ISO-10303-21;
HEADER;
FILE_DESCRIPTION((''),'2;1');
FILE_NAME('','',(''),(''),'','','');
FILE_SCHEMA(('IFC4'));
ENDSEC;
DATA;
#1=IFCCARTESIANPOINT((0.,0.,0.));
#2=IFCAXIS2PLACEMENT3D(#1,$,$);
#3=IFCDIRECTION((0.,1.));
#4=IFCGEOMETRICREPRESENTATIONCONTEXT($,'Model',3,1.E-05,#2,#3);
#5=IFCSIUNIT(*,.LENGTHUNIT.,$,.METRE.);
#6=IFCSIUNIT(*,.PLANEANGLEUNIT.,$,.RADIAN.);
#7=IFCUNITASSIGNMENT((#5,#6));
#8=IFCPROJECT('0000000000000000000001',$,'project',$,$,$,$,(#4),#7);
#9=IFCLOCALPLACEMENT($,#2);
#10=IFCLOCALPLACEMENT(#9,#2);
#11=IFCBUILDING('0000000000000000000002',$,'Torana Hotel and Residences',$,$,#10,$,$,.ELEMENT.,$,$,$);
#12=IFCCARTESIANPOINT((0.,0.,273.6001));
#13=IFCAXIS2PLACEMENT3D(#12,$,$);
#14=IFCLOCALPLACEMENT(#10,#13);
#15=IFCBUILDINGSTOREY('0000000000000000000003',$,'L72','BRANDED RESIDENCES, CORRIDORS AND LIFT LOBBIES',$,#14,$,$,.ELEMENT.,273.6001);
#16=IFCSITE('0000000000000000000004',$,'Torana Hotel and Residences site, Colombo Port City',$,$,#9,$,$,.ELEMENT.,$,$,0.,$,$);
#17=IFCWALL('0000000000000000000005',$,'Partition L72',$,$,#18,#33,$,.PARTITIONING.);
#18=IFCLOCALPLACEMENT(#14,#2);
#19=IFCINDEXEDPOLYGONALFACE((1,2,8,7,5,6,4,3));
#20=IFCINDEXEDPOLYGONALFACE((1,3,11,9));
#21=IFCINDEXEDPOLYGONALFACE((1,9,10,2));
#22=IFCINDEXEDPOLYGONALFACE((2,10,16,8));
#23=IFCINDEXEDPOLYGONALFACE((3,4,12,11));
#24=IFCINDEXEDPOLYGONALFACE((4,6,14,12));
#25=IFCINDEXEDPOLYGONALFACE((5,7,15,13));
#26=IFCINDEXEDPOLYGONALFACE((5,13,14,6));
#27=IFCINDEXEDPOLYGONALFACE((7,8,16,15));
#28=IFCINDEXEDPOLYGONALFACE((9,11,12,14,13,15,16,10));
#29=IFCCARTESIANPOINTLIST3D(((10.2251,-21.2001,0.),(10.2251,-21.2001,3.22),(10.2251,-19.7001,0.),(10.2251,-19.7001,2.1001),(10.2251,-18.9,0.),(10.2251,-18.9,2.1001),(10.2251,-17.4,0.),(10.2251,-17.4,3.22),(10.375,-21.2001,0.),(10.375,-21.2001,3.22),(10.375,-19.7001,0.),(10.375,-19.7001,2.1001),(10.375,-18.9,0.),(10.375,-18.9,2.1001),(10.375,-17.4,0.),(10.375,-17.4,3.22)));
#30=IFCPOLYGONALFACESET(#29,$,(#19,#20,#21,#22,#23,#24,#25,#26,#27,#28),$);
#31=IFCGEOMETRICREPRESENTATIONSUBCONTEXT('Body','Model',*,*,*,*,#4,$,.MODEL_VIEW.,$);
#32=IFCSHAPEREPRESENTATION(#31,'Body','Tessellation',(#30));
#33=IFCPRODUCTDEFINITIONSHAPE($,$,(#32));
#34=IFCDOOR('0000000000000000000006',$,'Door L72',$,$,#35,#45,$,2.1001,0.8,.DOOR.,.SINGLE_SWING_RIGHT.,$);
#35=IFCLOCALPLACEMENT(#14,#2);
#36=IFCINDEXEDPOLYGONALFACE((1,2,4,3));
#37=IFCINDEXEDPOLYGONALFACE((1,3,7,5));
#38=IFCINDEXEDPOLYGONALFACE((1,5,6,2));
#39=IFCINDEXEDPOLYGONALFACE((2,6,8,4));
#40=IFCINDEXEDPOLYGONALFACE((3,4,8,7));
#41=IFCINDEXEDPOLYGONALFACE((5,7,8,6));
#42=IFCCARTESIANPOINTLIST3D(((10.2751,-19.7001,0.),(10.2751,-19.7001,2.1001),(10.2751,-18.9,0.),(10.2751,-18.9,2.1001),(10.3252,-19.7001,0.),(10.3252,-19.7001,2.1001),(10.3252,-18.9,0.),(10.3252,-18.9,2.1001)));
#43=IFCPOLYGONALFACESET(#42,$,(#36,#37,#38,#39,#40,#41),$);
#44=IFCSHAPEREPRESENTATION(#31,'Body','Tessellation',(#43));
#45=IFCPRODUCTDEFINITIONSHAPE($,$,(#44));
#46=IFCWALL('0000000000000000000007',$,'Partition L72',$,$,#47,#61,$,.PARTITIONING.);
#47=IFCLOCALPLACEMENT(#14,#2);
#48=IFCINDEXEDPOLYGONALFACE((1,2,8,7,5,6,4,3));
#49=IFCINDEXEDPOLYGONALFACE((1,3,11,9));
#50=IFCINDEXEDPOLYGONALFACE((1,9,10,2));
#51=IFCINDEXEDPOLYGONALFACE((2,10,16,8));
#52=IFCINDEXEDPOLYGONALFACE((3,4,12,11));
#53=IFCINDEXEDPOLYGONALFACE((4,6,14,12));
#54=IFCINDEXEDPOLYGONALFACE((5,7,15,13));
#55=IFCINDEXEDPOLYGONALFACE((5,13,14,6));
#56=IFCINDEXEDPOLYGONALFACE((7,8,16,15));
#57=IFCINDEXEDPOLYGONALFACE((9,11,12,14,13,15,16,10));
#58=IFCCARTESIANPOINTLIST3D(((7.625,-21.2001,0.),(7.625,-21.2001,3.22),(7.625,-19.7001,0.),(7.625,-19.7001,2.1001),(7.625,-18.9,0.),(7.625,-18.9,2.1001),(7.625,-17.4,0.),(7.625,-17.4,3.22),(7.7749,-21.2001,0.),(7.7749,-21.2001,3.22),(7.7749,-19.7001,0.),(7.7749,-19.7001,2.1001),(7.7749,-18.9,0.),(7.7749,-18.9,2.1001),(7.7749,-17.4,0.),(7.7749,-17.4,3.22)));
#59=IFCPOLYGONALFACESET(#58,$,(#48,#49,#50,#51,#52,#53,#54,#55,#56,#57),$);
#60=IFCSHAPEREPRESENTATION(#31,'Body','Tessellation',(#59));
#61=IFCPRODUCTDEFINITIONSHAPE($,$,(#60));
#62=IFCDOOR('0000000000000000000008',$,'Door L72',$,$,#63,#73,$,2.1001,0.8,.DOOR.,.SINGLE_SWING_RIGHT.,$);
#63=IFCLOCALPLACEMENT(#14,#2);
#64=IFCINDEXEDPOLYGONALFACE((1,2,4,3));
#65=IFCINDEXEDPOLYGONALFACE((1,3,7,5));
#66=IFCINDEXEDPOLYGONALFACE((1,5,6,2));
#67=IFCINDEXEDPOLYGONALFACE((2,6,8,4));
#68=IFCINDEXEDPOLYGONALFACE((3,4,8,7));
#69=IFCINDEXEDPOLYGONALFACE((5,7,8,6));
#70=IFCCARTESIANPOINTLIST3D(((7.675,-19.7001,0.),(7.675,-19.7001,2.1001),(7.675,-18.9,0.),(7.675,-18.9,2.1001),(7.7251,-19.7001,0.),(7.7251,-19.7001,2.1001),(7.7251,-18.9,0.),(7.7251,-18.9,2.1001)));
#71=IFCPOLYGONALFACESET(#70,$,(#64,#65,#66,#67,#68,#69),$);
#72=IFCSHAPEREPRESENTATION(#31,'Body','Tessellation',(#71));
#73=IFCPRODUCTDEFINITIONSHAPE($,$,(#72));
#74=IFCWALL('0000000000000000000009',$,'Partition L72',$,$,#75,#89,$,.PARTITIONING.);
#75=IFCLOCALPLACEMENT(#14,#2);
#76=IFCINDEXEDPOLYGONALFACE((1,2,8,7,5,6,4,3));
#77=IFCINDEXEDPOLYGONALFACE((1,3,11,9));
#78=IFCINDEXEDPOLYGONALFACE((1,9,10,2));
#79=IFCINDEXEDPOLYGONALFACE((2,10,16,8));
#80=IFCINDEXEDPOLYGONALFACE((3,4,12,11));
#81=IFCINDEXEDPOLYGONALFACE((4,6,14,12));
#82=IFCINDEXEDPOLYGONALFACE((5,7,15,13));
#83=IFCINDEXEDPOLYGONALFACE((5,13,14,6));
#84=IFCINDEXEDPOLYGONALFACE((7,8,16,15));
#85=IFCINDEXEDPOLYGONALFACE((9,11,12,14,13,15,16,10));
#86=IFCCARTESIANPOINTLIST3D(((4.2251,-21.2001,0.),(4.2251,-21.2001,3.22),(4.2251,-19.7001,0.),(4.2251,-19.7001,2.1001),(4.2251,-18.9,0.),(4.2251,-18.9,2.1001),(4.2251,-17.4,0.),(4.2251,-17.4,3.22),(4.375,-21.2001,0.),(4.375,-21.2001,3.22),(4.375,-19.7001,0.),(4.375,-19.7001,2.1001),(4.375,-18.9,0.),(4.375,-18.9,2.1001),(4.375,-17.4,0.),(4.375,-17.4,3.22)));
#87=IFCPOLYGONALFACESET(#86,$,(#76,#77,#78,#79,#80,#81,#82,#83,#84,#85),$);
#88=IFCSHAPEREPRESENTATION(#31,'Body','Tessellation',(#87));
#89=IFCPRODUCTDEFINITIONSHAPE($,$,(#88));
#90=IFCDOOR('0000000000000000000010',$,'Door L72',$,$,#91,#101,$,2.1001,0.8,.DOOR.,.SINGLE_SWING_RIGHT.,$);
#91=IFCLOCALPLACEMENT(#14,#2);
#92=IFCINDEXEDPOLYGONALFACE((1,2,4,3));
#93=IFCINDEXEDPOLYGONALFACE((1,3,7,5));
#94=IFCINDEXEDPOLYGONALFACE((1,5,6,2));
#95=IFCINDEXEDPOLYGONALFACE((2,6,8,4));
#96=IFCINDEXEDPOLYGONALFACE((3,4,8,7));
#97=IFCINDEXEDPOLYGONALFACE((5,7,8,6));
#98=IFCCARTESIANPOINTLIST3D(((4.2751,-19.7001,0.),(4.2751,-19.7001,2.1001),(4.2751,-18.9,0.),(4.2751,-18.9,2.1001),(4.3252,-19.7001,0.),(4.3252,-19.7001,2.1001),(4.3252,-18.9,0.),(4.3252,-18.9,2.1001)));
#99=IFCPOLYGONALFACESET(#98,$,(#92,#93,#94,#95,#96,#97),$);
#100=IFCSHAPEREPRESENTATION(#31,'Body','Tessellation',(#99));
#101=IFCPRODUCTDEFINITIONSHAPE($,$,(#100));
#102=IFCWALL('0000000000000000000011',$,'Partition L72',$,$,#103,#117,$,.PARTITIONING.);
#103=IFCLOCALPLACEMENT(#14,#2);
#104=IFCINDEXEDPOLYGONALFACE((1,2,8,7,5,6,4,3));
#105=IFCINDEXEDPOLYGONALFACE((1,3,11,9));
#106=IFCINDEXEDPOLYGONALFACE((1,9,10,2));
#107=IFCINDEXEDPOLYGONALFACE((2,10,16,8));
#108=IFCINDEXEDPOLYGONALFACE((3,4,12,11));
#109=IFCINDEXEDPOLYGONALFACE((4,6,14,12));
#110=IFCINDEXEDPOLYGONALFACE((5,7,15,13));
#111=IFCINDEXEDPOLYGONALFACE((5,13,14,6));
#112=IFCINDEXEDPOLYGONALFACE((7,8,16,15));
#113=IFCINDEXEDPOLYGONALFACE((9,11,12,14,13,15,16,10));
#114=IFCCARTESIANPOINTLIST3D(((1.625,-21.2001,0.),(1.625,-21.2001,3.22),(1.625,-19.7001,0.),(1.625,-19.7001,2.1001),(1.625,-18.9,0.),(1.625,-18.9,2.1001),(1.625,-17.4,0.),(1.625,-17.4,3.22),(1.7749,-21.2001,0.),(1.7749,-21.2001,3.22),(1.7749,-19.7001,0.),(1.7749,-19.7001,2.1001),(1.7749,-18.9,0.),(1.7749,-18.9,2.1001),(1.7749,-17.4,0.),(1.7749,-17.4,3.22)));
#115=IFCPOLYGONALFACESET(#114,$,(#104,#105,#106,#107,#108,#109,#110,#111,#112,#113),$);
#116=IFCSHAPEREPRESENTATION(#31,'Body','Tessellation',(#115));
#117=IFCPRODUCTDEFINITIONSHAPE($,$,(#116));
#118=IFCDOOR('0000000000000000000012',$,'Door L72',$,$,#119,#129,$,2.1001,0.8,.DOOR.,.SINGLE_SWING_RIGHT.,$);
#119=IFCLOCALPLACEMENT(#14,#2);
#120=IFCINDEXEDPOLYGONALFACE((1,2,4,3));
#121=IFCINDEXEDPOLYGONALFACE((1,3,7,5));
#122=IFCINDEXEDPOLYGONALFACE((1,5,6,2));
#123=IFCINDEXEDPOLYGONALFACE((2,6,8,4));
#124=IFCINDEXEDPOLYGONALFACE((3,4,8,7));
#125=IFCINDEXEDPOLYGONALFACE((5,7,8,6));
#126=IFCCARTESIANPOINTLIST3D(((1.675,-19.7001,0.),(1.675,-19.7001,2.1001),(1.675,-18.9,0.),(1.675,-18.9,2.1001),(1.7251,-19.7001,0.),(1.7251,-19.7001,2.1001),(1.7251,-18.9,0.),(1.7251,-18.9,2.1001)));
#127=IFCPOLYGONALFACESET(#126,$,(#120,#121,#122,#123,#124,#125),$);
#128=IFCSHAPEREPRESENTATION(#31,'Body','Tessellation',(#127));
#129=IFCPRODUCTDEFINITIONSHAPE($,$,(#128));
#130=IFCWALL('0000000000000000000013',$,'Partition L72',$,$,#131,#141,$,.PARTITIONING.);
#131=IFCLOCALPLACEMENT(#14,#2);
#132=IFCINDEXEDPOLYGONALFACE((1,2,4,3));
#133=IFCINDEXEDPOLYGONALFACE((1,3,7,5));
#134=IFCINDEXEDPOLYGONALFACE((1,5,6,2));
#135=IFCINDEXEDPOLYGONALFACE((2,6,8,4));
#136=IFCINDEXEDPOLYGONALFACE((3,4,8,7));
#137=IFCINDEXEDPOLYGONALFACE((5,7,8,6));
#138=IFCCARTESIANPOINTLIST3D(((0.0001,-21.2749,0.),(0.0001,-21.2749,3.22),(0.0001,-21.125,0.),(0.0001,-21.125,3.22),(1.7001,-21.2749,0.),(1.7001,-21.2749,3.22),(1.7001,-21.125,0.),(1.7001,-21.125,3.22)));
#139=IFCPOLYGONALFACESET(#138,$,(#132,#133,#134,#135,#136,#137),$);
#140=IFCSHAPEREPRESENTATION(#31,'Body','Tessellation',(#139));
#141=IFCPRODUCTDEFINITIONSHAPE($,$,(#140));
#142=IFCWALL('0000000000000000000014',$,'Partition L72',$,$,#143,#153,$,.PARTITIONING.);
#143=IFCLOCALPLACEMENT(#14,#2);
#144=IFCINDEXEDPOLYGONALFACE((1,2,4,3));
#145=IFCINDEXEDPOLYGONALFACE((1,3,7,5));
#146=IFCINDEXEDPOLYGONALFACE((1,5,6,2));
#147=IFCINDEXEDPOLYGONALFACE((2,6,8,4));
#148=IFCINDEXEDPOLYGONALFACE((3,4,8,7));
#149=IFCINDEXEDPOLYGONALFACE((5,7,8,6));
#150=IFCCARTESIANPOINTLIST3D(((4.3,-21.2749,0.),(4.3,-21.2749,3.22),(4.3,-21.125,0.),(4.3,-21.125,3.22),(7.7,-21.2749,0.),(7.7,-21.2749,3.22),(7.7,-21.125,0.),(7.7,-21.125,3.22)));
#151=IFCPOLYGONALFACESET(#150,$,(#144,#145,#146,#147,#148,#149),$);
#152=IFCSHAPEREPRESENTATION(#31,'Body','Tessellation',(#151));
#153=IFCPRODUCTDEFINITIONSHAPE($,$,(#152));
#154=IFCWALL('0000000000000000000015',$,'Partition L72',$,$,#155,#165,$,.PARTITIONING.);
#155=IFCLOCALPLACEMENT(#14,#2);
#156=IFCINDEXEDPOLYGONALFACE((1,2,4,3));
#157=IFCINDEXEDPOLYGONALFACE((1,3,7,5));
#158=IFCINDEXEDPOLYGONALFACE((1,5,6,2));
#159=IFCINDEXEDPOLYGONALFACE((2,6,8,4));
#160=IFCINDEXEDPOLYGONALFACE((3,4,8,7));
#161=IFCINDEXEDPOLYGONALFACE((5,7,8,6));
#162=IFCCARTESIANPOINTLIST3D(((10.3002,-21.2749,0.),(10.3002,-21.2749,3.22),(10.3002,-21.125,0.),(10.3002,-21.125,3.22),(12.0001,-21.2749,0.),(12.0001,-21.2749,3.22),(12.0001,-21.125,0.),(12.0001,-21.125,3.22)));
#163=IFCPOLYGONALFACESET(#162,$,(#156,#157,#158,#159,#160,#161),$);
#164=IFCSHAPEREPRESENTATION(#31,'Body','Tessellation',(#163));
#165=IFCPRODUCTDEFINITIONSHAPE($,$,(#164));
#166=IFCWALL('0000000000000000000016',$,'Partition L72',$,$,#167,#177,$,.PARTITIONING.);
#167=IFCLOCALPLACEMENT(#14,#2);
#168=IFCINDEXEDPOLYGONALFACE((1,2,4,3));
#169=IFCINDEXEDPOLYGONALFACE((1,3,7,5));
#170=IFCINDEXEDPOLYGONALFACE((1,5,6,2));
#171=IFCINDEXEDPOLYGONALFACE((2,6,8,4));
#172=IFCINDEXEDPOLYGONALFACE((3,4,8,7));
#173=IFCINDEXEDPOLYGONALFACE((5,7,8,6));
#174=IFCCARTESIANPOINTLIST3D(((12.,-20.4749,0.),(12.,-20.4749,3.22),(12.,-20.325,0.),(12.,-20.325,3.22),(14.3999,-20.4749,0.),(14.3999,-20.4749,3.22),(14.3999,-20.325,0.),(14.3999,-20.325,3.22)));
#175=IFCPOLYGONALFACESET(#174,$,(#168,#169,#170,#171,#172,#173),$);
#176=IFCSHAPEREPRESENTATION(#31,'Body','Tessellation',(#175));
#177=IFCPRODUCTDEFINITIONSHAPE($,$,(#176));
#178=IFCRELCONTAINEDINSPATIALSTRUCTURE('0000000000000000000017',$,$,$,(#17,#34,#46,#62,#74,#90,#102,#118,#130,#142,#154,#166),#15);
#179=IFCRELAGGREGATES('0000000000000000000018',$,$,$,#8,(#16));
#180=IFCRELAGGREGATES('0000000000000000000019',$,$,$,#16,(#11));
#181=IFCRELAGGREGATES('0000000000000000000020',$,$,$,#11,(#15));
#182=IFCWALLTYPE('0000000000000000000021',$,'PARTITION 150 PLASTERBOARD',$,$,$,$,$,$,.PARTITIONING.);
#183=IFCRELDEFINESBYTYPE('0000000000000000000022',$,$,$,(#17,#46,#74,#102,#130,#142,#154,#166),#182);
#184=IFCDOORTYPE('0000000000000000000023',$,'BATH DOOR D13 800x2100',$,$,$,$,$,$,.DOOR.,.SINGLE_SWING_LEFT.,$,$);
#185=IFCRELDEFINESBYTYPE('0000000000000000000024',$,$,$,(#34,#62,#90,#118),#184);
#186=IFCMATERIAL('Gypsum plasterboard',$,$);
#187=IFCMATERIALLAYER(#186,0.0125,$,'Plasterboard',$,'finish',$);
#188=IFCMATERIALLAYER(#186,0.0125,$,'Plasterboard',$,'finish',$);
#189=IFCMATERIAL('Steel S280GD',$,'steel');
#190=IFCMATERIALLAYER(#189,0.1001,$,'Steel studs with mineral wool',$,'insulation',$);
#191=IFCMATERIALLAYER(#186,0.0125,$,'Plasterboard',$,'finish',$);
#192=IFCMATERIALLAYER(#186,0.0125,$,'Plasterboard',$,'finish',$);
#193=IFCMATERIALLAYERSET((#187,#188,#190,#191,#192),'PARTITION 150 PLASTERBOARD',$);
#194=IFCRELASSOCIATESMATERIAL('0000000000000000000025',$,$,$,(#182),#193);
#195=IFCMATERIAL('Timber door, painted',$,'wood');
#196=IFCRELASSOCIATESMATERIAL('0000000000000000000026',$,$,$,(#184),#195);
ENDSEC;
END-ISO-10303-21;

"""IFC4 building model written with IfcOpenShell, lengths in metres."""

from ifc_helpers import new_model, si_unit, direction, frame, frame_2d, origin, place, context, subcontext, project, spatial, rectangle, extrude, material, layer, layer_set, type_object, element, fill, save


model = new_model("IFC4")

# Units and contexts
model_context = context("Model", 3, precision=1e-05, world=origin(), true_north=direction((0.0, 1.0)))
body_context = subcontext(model_context, "Body", "Model", "MODEL_VIEW")
ifc_project = project(units=[si_unit("LENGTHUNIT", "METRE"), si_unit("PLANEANGLEUNIT", "RADIAN")], contexts=[model_context])

# Site, building, storey
site_placement = place(None, origin())
site = spatial("IfcSite", under=ifc_project, at=site_placement, Name="Torana Hotel and Residences site, Colombo Port City", CompositionType="ELEMENT", RefElevation=0.0)
building_placement = place(site_placement, origin())
building = spatial("IfcBuilding", under=site, at=building_placement, Name="Torana Hotel and Residences", CompositionType="ELEMENT")
storey_placement = place(building_placement, frame((0.0, 0.0, 273.6001)))
storey = spatial("IfcBuildingStorey", under=building, at=storey_placement, Name="L72", Description="BRANDED RESIDENCES, CORRIDORS AND LIFT LOBBIES", CompositionType="ELEMENT", Elevation=273.6001)

# Walls, openings, doors
ifc_material_1 = material(Name="Gypsum plasterboard")
ifc_layer_1 = layer(ifc_material_1, 0.0125, Name="Plasterboard", Category="finish")
ifc_layer_2 = layer(ifc_material_1, 0.0125, Name="Plasterboard", Category="finish")
ifc_material_2 = material(Name="Steel S280GD", Category="steel")
ifc_layer_3 = layer(ifc_material_2, 0.1001, Name="Steel studs with mineral wool", Category="insulation")
ifc_layer_4 = layer(ifc_material_1, 0.0125, Name="Plasterboard", Category="finish")
ifc_layer_5 = layer(ifc_material_1, 0.0125, Name="Plasterboard", Category="finish")
ifc_layer_set_1 = layer_set([ifc_layer_1, ifc_layer_2, ifc_layer_3, ifc_layer_4, ifc_layer_5], Name="PARTITION 150 PLASTERBOARD")
wall_type_1 = type_object("IfcWallType", Name="PARTITION 150 PLASTERBOARD", PredefinedType="PARTITIONING", material=ifc_layer_set_1)
wall_1_placement = place(storey_placement, frame((10.3, -21.2, 0.0), z_axis=(0.0, 0.0, 1.0), x_axis=(0.0, 1.0, 0.0)))
wall_1 = element("IfcWall", 1, at=wall_1_placement, inside=storey, type_object=wall_type_1, Name="Partition L72", PredefinedType="PARTITIONING", context=body_context, shape_type="SweptSolid", body=[
    extrude(rectangle(XDim=3.8, YDim=0.1499, at=frame_2d((1.8999, 0.0))), origin(), (0.0, 0.0, 1.0), 3.22),
])
opening_1_placement = place(wall_1_placement, frame((1.5, 0.0, 0.0)))
opening_1 = element("IfcOpeningElement", 2, at=opening_1_placement, cuts=wall_1, PredefinedType="OPENING", context=body_context, shape_type="SweptSolid", body=[
    extrude(rectangle(XDim=0.8, YDim=2.1001, at=frame_2d((0.3999, 1.05))), frame((0.0, 0.085, 0.0), z_axis=(0.0, -1.0, 0.0), x_axis=(1.0, 0.0, 0.0)), (0.0, 0.0, 1.0), 0.1699),
])
ifc_material_3 = material(Name="Timber door, painted", Category="wood")
door_type_1 = type_object("IfcDoorType", Name="BATH DOOR D13 800x2100", OperationType="SINGLE_SWING_LEFT", PredefinedType="DOOR", material=ifc_material_3)
door_1_placement = place(opening_1_placement, origin())
door_1 = element("IfcDoor", 3, at=door_1_placement, inside=storey, type_object=door_type_1, Name="Door L72", OperationType="SINGLE_SWING_RIGHT", OverallHeight=2.1001, OverallWidth=0.8, PredefinedType="DOOR", context=body_context, shape_type="SweptSolid", body=[
    extrude(rectangle(XDim=0.8, YDim=2.1001, at=frame_2d((0.3999, 1.05))), frame((0.0, 0.0249, 0.0), z_axis=(0.0, -1.0, 0.0), x_axis=(1.0, 0.0, 0.0)), (0.0, 0.0, 1.0), 0.05),
])
fill(opening_1, door_1)
wall_2_placement = place(storey_placement, frame((7.7, -21.2, 0.0), z_axis=(0.0, 0.0, 1.0), x_axis=(0.0, 1.0, 0.0)))
wall_2 = element("IfcWall", 4, at=wall_2_placement, inside=storey, type_object=wall_type_1, Name="Partition L72", PredefinedType="PARTITIONING", context=body_context, shape_type="SweptSolid", body=[
    extrude(rectangle(XDim=3.8, YDim=0.1499, at=frame_2d((1.8999, 0.0))), origin(), (0.0, 0.0, 1.0), 3.22),
])
opening_2_placement = place(wall_2_placement, frame((1.5, 0.0, 0.0)))
opening_2 = element("IfcOpeningElement", 5, at=opening_2_placement, cuts=wall_2, PredefinedType="OPENING", context=body_context, shape_type="SweptSolid", body=[
    extrude(rectangle(XDim=0.8, YDim=2.1001, at=frame_2d((0.3999, 1.05))), frame((0.0, 0.085, 0.0), z_axis=(0.0, -1.0, 0.0), x_axis=(1.0, 0.0, 0.0)), (0.0, 0.0, 1.0), 0.1699),
])
door_2_placement = place(opening_2_placement, origin())
door_2 = element("IfcDoor", 6, at=door_2_placement, inside=storey, type_object=door_type_1, Name="Door L72", OperationType="SINGLE_SWING_RIGHT", OverallHeight=2.1001, OverallWidth=0.8, PredefinedType="DOOR", context=body_context, shape_type="SweptSolid", body=[
    extrude(rectangle(XDim=0.8, YDim=2.1001, at=frame_2d((0.3999, 1.05))), frame((0.0, 0.0249, 0.0), z_axis=(0.0, -1.0, 0.0), x_axis=(1.0, 0.0, 0.0)), (0.0, 0.0, 1.0), 0.05),
])
fill(opening_2, door_2)
wall_3_placement = place(storey_placement, frame((4.3, -21.2, 0.0), z_axis=(0.0, 0.0, 1.0), x_axis=(0.0, 1.0, 0.0)))
wall_3 = element("IfcWall", 7, at=wall_3_placement, inside=storey, type_object=wall_type_1, Name="Partition L72", PredefinedType="PARTITIONING", context=body_context, shape_type="SweptSolid", body=[
    extrude(rectangle(XDim=3.8, YDim=0.1499, at=frame_2d((1.8999, 0.0))), origin(), (0.0, 0.0, 1.0), 3.22),
])
opening_3_placement = place(wall_3_placement, frame((1.5, 0.0, 0.0)))
opening_3 = element("IfcOpeningElement", 8, at=opening_3_placement, cuts=wall_3, PredefinedType="OPENING", context=body_context, shape_type="SweptSolid", body=[
    extrude(rectangle(XDim=0.8, YDim=2.1001, at=frame_2d((0.3999, 1.05))), frame((0.0, 0.085, 0.0), z_axis=(0.0, -1.0, 0.0), x_axis=(1.0, 0.0, 0.0)), (0.0, 0.0, 1.0), 0.1699),
])
door_3_placement = place(opening_3_placement, origin())
door_3 = element("IfcDoor", 9, at=door_3_placement, inside=storey, type_object=door_type_1, Name="Door L72", OperationType="SINGLE_SWING_RIGHT", OverallHeight=2.1001, OverallWidth=0.8, PredefinedType="DOOR", context=body_context, shape_type="SweptSolid", body=[
    extrude(rectangle(XDim=0.8, YDim=2.1001, at=frame_2d((0.3999, 1.05))), frame((0.0, 0.0249, 0.0), z_axis=(0.0, -1.0, 0.0), x_axis=(1.0, 0.0, 0.0)), (0.0, 0.0, 1.0), 0.05),
])
fill(opening_3, door_3)
wall_4_placement = place(storey_placement, frame((1.7, -21.2, 0.0), z_axis=(0.0, 0.0, 1.0), x_axis=(0.0, 1.0, 0.0)))
wall_4 = element("IfcWall", 10, at=wall_4_placement, inside=storey, type_object=wall_type_1, Name="Partition L72", PredefinedType="PARTITIONING", context=body_context, shape_type="SweptSolid", body=[
    extrude(rectangle(XDim=3.8, YDim=0.1499, at=frame_2d((1.8999, 0.0))), origin(), (0.0, 0.0, 1.0), 3.22),
])
opening_4_placement = place(wall_4_placement, frame((1.5, 0.0, 0.0)))
opening_4 = element("IfcOpeningElement", 11, at=opening_4_placement, cuts=wall_4, PredefinedType="OPENING", context=body_context, shape_type="SweptSolid", body=[
    extrude(rectangle(XDim=0.8, YDim=2.1001, at=frame_2d((0.3999, 1.05))), frame((0.0, 0.085, 0.0), z_axis=(0.0, -1.0, 0.0), x_axis=(1.0, 0.0, 0.0)), (0.0, 0.0, 1.0), 0.1699),
])
door_4_placement = place(opening_4_placement, origin())
door_4 = element("IfcDoor", 12, at=door_4_placement, inside=storey, type_object=door_type_1, Name="Door L72", OperationType="SINGLE_SWING_RIGHT", OverallHeight=2.1001, OverallWidth=0.8, PredefinedType="DOOR", context=body_context, shape_type="SweptSolid", body=[
    extrude(rectangle(XDim=0.8, YDim=2.1001, at=frame_2d((0.3999, 1.05))), frame((0.0, 0.0249, 0.0), z_axis=(0.0, -1.0, 0.0), x_axis=(1.0, 0.0, 0.0)), (0.0, 0.0, 1.0), 0.05),
])
fill(opening_4, door_4)

# Walls
wall_5_placement = place(storey_placement, frame((0.0, -21.2, 0.0), z_axis=(0.0, 0.0, 1.0), x_axis=(1.0, 0.0, 0.0)))
element("IfcWall", 13, at=wall_5_placement, inside=storey, type_object=wall_type_1, Name="Partition L72", PredefinedType="PARTITIONING", context=body_context, shape_type="SweptSolid", body=[
    extrude(rectangle(XDim=1.7, YDim=0.1499, at=frame_2d((0.8501, 0.0))), origin(), (0.0, 0.0, 1.0), 3.22),
])
wall_6_placement = place(storey_placement, frame((4.3, -21.2, 0.0), z_axis=(0.0, 0.0, 1.0), x_axis=(1.0, 0.0, 0.0)))
element("IfcWall", 14, at=wall_6_placement, inside=storey, type_object=wall_type_1, Name="Partition L72", PredefinedType="PARTITIONING", context=body_context, shape_type="SweptSolid", body=[
    extrude(rectangle(XDim=3.3999, YDim=0.1499, at=frame_2d((1.7, 0.0))), origin(), (0.0, 0.0, 1.0), 3.22),
])
wall_7_placement = place(storey_placement, frame((10.3, -21.2, 0.0), z_axis=(0.0, 0.0, 1.0), x_axis=(1.0, 0.0, 0.0)))
element("IfcWall", 15, at=wall_7_placement, inside=storey, type_object=wall_type_1, Name="Partition L72", PredefinedType="PARTITIONING", context=body_context, shape_type="SweptSolid", body=[
    extrude(rectangle(XDim=1.7, YDim=0.1499, at=frame_2d((0.8501, 0.0))), origin(), (0.0, 0.0, 1.0), 3.22),
])
wall_8_placement = place(storey_placement, frame((12.0, -20.3999, 0.0), z_axis=(0.0, 0.0, 1.0), x_axis=(1.0, 0.0, 0.0)))
element("IfcWall", 16, at=wall_8_placement, inside=storey, type_object=wall_type_1, Name="Partition L72", PredefinedType="PARTITIONING", context=body_context, shape_type="SweptSolid", body=[
    extrude(rectangle(XDim=2.3999, YDim=0.1499, at=frame_2d((1.2, 0.0))), origin(), (0.0, 0.0, 1.0), 3.22),
])

save(model, "model.ifc")
